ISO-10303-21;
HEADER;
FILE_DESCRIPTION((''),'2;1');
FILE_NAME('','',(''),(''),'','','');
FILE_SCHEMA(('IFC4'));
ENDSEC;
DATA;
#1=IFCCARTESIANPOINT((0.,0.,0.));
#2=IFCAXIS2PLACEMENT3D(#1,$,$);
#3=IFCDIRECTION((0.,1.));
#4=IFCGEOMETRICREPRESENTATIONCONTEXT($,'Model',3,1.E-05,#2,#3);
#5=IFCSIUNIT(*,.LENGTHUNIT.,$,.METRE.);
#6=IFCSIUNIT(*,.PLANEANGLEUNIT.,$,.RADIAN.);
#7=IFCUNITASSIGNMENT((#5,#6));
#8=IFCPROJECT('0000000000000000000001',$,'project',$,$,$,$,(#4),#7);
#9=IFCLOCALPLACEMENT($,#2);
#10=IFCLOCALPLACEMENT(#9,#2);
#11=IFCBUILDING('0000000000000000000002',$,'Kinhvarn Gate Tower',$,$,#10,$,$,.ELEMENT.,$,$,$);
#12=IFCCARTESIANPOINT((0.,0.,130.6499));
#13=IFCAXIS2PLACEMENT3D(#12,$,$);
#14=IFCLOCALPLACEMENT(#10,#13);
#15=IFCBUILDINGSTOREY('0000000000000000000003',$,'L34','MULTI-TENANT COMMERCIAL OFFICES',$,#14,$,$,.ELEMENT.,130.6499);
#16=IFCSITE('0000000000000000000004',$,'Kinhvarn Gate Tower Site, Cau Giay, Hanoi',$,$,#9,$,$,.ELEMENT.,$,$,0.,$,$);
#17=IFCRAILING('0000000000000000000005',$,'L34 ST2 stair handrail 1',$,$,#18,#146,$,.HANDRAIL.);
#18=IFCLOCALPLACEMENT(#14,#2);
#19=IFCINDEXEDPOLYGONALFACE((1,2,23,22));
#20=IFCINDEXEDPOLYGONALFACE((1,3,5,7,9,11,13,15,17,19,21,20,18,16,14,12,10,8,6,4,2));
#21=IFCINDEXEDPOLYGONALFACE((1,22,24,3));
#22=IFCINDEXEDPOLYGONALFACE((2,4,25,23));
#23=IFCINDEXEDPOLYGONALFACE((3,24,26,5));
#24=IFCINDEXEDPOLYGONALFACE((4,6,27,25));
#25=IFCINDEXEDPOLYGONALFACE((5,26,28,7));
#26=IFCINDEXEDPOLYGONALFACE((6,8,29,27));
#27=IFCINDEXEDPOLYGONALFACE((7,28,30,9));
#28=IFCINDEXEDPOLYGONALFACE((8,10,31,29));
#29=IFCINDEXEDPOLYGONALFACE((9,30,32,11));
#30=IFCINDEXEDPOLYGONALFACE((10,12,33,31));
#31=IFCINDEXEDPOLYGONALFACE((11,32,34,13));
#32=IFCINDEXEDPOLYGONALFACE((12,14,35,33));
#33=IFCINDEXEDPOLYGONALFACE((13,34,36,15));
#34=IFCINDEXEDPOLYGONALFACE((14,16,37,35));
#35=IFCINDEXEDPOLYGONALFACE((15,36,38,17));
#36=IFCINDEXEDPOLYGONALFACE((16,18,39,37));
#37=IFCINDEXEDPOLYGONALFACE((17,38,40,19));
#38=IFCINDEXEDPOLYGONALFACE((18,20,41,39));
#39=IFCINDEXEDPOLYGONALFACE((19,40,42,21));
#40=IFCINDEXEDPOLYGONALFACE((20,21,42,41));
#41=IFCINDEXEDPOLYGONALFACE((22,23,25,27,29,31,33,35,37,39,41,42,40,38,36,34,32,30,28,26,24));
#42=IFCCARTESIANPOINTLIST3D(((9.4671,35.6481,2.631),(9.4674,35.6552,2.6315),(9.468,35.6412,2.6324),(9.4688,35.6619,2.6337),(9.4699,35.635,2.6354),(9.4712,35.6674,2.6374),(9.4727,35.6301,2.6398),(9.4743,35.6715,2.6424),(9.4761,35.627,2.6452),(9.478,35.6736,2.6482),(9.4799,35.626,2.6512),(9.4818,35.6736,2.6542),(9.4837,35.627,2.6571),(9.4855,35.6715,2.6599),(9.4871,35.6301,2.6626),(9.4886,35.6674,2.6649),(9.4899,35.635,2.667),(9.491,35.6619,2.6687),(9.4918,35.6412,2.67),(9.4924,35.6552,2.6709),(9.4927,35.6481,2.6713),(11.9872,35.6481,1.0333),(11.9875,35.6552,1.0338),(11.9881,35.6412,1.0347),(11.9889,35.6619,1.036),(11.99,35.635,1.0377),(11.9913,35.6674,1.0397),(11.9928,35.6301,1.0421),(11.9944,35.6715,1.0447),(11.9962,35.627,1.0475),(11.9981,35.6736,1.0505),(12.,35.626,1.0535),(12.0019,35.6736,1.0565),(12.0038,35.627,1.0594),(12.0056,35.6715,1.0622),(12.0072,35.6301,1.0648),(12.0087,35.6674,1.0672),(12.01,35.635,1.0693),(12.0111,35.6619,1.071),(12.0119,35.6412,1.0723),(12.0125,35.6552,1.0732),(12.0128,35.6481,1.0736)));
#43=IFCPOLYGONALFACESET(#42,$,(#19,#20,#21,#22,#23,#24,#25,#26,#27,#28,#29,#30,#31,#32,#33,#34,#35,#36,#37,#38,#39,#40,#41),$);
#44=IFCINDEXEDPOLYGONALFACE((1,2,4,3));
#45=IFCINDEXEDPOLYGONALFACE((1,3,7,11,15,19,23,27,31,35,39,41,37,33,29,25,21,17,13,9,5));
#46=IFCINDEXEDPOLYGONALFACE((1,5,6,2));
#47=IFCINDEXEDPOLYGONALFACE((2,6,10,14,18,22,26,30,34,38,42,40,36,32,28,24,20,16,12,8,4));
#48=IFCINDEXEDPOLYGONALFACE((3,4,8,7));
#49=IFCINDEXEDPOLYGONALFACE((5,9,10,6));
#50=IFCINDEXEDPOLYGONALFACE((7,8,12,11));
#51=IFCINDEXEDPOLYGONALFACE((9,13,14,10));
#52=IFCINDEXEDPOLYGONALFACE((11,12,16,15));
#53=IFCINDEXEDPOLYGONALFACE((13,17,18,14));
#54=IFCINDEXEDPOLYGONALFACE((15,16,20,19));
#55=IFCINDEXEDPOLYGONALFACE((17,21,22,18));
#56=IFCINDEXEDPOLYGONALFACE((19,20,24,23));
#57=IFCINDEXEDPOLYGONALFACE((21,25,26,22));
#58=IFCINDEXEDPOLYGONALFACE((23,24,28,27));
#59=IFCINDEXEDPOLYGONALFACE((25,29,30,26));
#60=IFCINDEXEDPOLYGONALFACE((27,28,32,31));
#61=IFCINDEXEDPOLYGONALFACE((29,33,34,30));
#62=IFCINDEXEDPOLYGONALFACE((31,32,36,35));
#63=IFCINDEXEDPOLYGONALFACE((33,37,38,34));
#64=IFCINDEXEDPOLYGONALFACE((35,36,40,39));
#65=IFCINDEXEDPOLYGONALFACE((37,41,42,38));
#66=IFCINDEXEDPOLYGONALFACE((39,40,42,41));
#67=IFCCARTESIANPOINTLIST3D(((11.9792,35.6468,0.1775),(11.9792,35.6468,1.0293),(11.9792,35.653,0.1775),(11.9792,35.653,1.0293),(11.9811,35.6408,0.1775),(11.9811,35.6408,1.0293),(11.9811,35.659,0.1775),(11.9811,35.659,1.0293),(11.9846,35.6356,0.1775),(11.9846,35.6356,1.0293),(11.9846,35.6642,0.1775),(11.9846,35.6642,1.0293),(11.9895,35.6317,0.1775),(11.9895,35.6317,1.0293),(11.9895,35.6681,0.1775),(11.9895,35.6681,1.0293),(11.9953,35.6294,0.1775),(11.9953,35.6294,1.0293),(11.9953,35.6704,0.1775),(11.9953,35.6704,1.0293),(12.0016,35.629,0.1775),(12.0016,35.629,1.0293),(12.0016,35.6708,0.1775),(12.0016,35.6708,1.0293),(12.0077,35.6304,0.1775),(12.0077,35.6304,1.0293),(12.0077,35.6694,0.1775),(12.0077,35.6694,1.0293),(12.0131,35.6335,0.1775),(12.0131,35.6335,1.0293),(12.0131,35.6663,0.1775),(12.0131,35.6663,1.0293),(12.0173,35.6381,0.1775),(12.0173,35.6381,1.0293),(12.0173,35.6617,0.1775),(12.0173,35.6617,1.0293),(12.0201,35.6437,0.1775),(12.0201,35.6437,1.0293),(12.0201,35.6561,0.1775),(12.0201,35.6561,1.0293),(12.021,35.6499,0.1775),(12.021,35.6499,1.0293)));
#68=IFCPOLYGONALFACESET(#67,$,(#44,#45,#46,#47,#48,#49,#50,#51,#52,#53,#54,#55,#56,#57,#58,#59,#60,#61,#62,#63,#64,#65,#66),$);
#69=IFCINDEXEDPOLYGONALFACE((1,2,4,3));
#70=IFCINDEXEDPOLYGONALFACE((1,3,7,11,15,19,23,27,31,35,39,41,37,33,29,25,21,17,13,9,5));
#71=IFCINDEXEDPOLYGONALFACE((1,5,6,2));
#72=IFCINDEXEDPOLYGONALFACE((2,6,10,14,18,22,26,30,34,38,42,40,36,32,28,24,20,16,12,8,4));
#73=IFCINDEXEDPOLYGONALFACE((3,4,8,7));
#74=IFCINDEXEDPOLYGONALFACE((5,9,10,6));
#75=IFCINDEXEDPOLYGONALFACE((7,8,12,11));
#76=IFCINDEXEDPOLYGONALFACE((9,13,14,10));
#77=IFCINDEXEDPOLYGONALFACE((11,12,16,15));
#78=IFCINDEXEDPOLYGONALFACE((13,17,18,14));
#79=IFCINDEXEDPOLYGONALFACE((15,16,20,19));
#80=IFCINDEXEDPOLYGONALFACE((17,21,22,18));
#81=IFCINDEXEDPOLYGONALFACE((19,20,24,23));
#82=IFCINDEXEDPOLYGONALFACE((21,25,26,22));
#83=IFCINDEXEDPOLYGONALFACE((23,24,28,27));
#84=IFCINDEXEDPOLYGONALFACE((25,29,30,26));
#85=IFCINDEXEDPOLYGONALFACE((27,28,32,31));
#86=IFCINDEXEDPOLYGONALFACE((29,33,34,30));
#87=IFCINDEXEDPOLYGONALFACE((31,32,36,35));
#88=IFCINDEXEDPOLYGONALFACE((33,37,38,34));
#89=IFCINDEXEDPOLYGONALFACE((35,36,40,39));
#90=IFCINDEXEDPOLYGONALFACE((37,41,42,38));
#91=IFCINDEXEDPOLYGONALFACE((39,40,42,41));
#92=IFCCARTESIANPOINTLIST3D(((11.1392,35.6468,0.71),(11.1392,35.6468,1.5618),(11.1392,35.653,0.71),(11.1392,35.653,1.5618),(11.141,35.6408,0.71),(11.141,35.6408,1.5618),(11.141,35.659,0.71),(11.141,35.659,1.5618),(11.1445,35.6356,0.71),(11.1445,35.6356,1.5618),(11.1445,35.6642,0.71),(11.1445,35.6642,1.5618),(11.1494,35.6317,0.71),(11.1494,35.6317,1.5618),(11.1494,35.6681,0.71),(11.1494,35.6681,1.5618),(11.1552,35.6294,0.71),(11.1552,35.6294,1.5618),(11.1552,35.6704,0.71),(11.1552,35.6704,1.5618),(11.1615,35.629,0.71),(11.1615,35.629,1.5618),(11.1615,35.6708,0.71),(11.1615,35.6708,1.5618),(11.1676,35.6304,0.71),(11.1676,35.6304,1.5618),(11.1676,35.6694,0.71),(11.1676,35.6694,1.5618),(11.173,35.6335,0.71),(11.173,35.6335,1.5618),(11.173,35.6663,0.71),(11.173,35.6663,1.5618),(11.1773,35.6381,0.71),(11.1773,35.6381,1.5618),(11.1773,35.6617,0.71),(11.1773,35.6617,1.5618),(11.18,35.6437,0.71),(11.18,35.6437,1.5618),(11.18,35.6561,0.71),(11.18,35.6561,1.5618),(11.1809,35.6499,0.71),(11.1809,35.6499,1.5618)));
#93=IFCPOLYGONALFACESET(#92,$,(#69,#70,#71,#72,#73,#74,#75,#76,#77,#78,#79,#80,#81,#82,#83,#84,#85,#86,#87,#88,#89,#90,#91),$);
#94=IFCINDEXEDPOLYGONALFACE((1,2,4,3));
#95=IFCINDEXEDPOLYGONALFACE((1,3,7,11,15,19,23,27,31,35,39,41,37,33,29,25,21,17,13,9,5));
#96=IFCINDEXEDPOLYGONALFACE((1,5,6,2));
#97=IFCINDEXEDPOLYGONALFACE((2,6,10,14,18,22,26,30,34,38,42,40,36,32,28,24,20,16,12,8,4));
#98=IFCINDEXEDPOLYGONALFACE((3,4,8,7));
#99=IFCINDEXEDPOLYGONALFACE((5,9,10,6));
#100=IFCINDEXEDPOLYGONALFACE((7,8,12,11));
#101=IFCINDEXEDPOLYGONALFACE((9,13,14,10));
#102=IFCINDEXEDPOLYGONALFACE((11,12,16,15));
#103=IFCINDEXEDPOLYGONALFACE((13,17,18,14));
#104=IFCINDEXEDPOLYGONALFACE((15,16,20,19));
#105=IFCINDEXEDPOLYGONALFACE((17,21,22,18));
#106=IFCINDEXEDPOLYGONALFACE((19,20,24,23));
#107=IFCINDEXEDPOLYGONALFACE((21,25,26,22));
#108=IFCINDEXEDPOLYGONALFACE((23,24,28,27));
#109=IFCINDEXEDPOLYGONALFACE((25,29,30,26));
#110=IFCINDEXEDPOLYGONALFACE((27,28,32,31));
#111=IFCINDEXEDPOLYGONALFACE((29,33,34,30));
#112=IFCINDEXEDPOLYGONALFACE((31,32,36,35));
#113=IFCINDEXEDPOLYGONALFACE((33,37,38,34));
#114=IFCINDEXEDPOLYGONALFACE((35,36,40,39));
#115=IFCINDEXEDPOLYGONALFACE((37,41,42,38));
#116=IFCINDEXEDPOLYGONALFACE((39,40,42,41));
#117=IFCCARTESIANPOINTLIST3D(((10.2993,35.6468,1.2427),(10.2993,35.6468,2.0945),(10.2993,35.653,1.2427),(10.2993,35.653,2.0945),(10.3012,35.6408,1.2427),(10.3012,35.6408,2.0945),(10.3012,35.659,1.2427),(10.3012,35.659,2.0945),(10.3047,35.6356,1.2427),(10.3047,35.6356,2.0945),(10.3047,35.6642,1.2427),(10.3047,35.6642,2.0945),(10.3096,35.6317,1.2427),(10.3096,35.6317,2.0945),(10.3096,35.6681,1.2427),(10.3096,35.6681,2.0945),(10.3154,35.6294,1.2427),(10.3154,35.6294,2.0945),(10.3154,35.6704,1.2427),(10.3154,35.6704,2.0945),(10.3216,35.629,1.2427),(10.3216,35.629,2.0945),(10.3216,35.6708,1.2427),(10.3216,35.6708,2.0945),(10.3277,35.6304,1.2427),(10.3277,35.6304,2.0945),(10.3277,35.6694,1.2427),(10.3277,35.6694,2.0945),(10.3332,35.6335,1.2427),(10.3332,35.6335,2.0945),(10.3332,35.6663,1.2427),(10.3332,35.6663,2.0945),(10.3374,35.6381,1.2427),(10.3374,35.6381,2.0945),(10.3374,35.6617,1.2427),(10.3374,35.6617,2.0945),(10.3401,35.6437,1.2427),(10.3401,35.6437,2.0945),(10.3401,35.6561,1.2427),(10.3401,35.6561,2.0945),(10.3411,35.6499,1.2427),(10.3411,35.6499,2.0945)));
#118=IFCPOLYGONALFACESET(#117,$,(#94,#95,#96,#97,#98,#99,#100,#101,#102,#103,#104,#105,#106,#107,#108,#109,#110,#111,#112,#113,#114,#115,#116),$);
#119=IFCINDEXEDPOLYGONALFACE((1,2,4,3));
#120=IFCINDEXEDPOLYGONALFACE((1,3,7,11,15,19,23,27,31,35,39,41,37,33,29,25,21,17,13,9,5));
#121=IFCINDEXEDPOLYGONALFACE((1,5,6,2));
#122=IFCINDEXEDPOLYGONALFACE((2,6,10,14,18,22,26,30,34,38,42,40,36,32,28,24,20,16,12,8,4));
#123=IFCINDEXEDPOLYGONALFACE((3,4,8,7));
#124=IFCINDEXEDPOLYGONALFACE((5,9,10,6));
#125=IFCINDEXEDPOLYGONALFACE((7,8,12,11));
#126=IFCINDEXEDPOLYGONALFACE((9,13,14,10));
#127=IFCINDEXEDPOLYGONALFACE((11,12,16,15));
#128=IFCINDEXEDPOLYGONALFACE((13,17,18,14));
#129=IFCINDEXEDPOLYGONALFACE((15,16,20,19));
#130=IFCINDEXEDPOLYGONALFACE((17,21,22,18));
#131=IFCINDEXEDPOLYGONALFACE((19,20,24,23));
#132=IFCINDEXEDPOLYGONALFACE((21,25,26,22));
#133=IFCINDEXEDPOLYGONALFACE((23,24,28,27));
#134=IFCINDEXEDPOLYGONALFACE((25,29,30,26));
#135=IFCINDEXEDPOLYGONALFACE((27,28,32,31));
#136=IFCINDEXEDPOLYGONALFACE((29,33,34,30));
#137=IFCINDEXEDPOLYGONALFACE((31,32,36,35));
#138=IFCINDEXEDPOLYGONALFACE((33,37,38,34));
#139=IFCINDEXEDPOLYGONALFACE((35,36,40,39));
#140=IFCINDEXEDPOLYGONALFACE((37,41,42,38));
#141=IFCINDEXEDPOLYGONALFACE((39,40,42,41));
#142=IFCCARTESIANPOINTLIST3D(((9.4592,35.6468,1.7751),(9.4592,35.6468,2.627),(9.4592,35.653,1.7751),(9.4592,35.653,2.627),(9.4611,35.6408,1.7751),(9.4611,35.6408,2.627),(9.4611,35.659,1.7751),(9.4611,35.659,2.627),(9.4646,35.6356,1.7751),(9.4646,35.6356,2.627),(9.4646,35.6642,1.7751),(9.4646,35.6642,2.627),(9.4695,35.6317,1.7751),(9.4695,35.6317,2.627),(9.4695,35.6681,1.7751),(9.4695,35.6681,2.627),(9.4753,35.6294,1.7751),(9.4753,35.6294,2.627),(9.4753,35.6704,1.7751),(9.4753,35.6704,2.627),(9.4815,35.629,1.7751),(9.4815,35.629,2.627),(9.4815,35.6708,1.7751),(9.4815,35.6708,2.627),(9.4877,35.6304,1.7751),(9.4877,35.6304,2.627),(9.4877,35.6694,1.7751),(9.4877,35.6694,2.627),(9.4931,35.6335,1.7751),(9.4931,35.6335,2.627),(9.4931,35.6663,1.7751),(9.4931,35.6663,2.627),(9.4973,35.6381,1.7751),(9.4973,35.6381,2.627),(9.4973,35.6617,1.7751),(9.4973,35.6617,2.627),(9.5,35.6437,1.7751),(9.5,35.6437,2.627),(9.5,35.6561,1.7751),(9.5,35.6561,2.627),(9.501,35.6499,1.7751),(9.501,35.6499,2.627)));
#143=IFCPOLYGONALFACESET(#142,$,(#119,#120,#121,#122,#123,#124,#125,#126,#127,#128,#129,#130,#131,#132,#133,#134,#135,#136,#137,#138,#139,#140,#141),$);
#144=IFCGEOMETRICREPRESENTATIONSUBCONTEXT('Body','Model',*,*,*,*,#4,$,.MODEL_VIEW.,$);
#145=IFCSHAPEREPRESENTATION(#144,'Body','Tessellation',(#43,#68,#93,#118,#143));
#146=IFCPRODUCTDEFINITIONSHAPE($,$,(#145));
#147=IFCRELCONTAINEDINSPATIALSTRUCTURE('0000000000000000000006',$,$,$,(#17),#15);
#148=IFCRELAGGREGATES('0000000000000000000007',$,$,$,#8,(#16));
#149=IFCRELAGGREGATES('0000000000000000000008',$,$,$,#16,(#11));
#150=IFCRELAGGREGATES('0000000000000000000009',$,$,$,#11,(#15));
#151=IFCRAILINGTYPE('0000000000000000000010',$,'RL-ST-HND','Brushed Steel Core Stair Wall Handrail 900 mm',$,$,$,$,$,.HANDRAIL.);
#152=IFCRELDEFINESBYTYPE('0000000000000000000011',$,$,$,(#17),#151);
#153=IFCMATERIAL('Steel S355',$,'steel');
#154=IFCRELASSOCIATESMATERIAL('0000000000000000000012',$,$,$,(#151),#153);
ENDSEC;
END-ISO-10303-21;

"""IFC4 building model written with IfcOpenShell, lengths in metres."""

from ifc_helpers import new_model, si_unit, direction, frame, origin, origin_2d, place, context, subcontext, project, spatial, circle, extrude, material, type_object, element, save


model = new_model("IFC4")

# Units and contexts
model_context = context("Model", 3, precision=1e-05, world=origin(), true_north=direction((0.0, 1.0)))
body_context = subcontext(model_context, "Body", "Model", "MODEL_VIEW")
ifc_project = project(units=[si_unit("LENGTHUNIT", "METRE"), si_unit("PLANEANGLEUNIT", "RADIAN")], contexts=[model_context])

# Site, building, storey
site_placement = place(None, origin())
site = spatial("IfcSite", under=ifc_project, at=site_placement, Name="Kinhvarn Gate Tower Site, Cau Giay, Hanoi", CompositionType="ELEMENT", RefElevation=0.0)
building_placement = place(site_placement, origin())
building = spatial("IfcBuilding", under=site, at=building_placement, Name="Kinhvarn Gate Tower", CompositionType="ELEMENT")
storey_placement = place(building_placement, frame((0.0, 0.0, 130.6499)))
storey = spatial("IfcBuildingStorey", under=building, at=storey_placement, Name="L34", Description="MULTI-TENANT COMMERCIAL OFFICES", CompositionType="ELEMENT", Elevation=130.6499)

# Shared definitions
ifc_material_1 = material(Name="Steel S355", Category="steel")

# Railing
railing_type_1 = type_object("IfcRailingType", Name="RL-ST-HND", Description="Brushed Steel Core Stair Wall Handrail 900 mm", PredefinedType="HANDRAIL", material=ifc_material_1)
railing_1_placement = place(storey_placement, frame((12.0, 35.6499, 0.1775)))
element("IfcRailing", 1, at=railing_1_placement, inside=storey, type_object=railing_type_1, Name="L34 ST2 stair handrail 1", PredefinedType="HANDRAIL", context=body_context, shape_type="SweptSolid", body=[
    extrude(circle(Radius=0.0239, at=origin_2d()), frame((0.0, 0.0, 0.876), z_axis=(-0.84457, 0.0, 0.535445), x_axis=(0.0, -1.0, 0.0)), (0.0, 0.0, 1.0), 2.9839),
    extrude(circle(Radius=0.021, at=origin_2d()), origin(), (0.0, 0.0, 1.0), 0.8518),
    extrude(circle(Radius=0.021, at=origin_2d()), frame((-0.8401, 0.0, 0.5325)), (0.0, 0.0, 1.0), 0.8518),
    extrude(circle(Radius=0.021, at=origin_2d()), frame((-1.6799, 0.0, 1.0652)), (0.0, 0.0, 1.0), 0.8518),
    extrude(circle(Radius=0.021, at=origin_2d()), frame((-2.52, 0.0, 1.5977)), (0.0, 0.0, 1.0), 0.8518),
])

save(model, "model.ifc")
